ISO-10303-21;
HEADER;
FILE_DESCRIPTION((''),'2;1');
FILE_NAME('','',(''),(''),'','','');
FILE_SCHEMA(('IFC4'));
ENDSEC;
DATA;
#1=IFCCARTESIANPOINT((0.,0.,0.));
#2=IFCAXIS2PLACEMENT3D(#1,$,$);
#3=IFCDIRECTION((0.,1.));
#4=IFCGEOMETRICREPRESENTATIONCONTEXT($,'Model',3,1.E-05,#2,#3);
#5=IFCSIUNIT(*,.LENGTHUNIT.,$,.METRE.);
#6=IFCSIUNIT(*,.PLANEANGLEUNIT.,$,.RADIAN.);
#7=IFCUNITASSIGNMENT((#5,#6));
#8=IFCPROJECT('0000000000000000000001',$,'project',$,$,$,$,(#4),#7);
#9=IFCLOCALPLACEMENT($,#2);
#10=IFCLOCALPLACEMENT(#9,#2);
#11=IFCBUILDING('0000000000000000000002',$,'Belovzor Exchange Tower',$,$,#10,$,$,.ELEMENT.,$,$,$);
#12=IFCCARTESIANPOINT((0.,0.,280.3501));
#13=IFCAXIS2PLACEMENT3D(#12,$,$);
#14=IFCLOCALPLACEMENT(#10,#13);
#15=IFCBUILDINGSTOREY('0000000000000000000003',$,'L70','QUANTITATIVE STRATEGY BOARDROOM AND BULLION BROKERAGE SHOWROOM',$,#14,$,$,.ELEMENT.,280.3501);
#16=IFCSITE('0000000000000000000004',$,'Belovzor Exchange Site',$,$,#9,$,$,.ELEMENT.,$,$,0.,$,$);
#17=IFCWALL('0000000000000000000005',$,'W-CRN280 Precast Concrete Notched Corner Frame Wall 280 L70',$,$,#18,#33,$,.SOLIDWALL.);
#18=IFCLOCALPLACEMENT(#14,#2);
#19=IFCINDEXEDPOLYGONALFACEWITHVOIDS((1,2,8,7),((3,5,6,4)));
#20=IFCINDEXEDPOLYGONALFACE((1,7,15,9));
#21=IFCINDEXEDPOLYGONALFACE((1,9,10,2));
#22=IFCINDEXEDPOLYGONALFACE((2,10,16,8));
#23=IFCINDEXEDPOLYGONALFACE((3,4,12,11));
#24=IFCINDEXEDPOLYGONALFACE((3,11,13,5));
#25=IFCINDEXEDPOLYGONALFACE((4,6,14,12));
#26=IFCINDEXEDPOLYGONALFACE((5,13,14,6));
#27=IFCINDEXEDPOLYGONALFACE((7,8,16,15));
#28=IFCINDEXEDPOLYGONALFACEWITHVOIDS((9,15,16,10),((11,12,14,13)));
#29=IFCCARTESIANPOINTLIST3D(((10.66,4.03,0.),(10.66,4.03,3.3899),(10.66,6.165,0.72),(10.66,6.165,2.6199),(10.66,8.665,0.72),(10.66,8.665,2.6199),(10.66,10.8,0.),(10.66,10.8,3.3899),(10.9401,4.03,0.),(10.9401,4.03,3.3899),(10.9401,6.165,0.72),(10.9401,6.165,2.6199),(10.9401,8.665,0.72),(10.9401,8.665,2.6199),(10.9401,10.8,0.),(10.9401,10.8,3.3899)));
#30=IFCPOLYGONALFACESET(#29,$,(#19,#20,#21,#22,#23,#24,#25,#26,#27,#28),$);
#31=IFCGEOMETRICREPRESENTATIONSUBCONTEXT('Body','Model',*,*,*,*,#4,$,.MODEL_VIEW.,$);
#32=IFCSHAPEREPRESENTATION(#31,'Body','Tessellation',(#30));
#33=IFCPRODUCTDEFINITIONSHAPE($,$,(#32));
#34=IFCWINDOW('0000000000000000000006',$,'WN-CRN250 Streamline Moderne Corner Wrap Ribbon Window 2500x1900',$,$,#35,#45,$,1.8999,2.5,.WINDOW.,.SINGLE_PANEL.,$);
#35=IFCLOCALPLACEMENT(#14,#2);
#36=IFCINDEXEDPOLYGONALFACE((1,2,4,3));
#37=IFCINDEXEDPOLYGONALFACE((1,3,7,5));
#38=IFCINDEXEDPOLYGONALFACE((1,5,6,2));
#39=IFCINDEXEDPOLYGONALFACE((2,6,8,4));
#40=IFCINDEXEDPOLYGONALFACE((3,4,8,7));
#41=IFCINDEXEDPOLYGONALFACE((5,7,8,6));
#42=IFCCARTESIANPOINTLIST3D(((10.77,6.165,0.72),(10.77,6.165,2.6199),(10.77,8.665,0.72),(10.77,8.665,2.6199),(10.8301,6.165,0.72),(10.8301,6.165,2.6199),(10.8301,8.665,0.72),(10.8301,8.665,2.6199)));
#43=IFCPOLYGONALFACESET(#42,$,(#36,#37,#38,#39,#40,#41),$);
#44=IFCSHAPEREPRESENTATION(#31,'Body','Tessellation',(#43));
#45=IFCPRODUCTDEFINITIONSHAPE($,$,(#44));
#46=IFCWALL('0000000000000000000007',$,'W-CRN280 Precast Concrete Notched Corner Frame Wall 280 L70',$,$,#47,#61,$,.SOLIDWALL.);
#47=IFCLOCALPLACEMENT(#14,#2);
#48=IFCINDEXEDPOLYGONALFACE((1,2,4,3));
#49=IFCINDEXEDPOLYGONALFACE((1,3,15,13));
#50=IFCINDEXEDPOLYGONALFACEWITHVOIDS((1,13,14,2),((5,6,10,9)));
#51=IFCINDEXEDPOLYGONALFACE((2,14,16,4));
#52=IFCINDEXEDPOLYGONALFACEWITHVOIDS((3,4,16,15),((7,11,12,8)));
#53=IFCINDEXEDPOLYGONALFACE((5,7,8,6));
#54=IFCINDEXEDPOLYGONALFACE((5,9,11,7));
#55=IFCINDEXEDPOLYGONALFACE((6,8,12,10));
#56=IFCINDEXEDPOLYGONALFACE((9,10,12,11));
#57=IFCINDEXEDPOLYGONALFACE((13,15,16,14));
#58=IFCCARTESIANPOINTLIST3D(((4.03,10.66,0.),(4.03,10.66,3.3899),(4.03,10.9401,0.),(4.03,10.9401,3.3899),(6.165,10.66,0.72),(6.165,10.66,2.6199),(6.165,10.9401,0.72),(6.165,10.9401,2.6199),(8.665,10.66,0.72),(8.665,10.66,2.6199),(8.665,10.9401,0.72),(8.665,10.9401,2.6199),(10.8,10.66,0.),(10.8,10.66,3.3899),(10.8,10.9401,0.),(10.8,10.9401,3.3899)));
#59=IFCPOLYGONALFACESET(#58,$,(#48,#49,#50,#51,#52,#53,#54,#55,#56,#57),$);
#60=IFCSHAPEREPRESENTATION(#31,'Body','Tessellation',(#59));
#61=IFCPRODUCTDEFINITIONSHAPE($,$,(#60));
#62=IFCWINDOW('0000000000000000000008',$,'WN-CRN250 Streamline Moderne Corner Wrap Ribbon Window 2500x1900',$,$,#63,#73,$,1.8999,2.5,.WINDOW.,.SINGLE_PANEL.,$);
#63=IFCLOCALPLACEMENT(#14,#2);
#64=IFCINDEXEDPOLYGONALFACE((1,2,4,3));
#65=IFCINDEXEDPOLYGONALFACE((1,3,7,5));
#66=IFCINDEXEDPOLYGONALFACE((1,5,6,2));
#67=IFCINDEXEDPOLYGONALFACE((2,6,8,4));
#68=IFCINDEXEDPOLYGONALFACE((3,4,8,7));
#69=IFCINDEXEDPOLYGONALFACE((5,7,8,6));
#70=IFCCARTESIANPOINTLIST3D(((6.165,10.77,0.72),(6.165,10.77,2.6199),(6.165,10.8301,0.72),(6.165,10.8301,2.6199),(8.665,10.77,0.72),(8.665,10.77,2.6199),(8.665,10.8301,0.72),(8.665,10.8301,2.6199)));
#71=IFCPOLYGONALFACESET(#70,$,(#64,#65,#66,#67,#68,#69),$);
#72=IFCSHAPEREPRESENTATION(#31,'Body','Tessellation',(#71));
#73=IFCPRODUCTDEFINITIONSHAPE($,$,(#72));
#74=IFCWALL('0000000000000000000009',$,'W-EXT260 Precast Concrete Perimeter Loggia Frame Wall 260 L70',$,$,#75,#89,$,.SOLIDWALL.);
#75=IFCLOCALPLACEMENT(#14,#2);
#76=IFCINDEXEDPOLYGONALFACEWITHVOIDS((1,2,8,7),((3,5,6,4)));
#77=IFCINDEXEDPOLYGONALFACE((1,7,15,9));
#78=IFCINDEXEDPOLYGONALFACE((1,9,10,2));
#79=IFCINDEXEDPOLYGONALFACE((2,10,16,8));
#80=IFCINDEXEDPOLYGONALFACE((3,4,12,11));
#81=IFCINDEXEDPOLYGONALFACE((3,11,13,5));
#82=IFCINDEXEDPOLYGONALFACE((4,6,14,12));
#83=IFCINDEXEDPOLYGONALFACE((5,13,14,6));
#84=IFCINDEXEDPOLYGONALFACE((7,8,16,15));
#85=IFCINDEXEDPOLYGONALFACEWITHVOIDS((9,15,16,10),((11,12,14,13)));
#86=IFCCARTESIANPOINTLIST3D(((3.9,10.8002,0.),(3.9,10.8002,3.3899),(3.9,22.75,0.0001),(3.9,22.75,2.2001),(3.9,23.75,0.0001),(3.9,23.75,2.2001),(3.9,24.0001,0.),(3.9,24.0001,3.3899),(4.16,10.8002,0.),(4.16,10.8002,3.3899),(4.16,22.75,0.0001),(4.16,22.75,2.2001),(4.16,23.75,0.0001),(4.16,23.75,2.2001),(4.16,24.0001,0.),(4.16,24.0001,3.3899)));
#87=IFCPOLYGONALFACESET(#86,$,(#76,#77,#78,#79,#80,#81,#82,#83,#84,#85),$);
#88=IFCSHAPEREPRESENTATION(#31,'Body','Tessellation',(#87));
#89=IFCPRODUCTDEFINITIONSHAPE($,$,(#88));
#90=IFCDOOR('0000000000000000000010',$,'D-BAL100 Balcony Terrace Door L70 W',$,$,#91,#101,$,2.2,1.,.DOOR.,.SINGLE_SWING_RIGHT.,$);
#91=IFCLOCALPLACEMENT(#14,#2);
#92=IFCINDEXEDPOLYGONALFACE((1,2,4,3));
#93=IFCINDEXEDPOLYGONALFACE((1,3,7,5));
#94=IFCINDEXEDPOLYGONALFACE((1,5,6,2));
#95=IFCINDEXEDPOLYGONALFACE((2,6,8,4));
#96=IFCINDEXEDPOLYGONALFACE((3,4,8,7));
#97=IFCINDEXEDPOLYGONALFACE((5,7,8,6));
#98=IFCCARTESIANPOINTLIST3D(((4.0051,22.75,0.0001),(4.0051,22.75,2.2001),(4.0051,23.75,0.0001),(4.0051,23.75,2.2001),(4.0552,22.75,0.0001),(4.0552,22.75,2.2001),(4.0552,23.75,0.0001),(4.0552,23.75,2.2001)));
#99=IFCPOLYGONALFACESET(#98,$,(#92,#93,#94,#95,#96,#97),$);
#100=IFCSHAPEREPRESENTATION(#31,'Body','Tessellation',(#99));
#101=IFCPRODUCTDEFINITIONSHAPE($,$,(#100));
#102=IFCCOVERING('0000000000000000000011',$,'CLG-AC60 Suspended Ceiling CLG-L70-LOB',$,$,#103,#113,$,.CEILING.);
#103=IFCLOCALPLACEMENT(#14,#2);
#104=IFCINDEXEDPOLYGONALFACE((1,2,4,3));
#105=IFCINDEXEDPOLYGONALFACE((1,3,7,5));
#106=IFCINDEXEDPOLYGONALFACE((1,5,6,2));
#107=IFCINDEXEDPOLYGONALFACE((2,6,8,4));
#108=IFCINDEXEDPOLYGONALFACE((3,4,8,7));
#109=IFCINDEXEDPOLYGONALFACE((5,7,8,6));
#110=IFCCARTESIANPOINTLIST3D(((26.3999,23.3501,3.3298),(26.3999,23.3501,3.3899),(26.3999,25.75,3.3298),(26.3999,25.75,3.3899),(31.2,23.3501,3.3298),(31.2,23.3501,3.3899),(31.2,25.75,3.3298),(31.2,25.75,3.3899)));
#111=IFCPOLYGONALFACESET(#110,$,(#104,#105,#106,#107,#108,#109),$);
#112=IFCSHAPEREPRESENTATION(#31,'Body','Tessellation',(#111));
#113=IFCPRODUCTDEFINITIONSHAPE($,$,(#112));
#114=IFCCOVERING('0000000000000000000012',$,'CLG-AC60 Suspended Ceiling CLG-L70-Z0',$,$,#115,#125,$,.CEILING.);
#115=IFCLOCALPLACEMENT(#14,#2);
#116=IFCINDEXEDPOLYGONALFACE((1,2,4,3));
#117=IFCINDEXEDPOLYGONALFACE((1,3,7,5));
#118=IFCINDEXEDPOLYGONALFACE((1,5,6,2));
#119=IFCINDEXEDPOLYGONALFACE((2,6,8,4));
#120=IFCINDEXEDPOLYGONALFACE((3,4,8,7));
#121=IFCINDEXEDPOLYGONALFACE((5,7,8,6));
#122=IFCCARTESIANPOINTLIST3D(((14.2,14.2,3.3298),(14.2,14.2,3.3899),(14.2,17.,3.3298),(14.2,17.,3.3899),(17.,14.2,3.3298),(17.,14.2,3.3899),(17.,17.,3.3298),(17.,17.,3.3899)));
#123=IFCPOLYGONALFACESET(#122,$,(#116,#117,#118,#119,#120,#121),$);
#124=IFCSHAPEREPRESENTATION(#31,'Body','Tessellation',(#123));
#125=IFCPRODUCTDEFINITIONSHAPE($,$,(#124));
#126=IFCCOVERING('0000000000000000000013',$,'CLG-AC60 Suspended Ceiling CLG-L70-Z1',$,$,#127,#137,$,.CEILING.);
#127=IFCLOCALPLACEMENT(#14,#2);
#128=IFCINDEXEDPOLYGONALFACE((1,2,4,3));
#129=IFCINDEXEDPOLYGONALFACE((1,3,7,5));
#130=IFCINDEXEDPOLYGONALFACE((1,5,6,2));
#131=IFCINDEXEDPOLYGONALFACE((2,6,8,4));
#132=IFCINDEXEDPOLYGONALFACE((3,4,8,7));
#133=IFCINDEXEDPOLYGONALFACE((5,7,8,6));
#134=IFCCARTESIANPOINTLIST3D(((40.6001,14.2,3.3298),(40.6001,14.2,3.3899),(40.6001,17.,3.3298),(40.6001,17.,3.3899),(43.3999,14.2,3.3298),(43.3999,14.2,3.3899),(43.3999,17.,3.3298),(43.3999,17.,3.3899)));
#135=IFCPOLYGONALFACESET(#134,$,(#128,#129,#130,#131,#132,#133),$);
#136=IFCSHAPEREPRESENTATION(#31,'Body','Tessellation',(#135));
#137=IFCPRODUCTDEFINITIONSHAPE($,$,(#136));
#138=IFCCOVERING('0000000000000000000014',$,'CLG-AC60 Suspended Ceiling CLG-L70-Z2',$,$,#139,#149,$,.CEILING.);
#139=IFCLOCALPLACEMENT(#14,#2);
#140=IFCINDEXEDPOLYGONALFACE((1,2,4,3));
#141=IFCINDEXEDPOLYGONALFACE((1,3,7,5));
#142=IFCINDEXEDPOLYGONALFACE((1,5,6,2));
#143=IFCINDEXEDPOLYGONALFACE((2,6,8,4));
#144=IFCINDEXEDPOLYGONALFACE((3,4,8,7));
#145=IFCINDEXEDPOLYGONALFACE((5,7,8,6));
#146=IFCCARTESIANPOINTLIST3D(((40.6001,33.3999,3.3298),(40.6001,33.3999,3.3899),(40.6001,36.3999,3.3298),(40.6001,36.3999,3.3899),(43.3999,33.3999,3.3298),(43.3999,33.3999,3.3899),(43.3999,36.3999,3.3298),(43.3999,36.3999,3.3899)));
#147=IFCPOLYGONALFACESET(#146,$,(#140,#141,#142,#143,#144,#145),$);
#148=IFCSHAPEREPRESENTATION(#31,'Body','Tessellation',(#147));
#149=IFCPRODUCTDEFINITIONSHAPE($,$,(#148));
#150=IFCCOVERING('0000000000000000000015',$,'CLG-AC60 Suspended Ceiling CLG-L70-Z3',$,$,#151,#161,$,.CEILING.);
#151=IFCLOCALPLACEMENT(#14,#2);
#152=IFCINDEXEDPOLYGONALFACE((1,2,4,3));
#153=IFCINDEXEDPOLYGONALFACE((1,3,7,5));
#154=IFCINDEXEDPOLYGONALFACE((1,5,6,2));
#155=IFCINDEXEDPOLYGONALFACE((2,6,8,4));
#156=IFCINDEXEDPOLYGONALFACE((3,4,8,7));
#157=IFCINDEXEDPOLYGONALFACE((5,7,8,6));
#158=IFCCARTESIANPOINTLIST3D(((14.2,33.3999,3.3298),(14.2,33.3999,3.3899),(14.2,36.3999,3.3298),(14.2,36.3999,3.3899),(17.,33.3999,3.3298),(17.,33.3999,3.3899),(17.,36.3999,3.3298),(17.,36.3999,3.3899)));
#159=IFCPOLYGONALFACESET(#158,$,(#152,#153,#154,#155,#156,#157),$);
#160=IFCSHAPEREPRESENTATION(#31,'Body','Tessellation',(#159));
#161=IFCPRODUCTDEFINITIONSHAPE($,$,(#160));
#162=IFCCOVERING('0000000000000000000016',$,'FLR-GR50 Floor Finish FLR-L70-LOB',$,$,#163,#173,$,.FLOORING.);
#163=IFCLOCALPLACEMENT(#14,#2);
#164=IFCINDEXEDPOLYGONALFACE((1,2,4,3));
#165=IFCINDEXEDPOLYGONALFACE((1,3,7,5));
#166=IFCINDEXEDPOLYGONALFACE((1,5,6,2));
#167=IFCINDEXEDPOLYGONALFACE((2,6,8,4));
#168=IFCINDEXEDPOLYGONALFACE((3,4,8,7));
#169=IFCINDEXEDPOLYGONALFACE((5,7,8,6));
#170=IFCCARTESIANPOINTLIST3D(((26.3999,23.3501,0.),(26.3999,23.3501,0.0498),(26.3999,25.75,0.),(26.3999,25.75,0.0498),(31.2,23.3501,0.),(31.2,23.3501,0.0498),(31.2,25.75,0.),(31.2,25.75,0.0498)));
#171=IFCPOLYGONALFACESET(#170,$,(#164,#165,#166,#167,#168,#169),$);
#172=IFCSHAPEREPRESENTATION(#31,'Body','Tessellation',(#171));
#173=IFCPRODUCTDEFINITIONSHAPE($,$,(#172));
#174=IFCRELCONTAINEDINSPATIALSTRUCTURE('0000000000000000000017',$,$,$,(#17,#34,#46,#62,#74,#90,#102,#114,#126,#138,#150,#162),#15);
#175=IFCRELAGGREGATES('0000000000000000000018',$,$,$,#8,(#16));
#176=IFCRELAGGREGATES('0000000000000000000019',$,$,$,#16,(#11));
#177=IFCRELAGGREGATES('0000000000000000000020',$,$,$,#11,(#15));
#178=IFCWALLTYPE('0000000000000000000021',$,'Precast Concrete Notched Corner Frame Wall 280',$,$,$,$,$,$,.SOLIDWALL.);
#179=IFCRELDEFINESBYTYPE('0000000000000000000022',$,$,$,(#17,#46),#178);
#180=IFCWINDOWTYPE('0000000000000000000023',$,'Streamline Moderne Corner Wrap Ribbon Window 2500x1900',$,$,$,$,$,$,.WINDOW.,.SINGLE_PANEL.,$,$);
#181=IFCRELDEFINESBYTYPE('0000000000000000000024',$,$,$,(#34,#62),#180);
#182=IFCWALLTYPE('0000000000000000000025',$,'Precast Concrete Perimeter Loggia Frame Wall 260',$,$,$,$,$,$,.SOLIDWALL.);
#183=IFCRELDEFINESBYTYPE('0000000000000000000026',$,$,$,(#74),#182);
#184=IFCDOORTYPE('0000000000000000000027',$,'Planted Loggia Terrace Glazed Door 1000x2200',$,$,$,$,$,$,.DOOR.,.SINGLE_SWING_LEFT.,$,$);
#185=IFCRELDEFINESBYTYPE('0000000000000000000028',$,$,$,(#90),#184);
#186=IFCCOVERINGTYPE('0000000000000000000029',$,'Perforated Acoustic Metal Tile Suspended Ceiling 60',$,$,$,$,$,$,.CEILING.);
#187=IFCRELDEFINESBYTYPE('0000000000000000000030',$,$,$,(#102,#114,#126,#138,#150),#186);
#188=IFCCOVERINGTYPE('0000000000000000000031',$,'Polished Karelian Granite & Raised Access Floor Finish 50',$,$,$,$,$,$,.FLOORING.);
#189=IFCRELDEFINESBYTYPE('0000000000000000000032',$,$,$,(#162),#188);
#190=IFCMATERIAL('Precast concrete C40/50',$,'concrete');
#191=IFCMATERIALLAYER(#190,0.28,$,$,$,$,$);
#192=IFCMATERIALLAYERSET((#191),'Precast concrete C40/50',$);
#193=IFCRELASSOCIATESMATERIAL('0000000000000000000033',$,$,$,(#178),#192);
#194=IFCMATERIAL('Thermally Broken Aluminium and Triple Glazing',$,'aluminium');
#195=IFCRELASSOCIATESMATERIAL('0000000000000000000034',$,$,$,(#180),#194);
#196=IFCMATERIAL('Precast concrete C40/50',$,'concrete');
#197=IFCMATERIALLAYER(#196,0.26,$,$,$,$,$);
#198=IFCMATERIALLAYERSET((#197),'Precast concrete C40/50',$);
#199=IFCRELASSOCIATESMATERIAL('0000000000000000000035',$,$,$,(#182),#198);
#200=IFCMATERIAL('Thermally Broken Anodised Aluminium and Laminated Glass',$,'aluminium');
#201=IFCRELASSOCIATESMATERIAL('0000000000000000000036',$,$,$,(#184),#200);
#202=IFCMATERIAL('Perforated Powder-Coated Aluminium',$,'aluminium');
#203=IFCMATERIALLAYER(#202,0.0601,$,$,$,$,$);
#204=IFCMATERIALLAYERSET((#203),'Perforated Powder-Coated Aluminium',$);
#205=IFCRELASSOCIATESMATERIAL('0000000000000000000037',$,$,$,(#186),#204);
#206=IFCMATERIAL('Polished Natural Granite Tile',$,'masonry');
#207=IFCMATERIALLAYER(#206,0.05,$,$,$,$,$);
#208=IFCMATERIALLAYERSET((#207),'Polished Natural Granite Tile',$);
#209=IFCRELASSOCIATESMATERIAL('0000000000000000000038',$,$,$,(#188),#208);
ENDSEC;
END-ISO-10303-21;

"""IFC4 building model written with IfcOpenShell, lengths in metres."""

from ifc_helpers import new_model, si_unit, direction, frame, frame_2d, origin, place, context, subcontext, project, spatial, polyline, rectangle, outline, extrude, material, layer, layer_set, type_object, element, fill, save


model = new_model("IFC4")

# Units and contexts
model_context = context("Model", 3, precision=1e-05, world=origin(), true_north=direction((0.0, 1.0)))
body_context = subcontext(model_context, "Body", "Model", "MODEL_VIEW")
ifc_project = project(units=[si_unit("LENGTHUNIT", "METRE"), si_unit("PLANEANGLEUNIT", "RADIAN")], contexts=[model_context])

# Site, building, storey
site_placement = place(None, origin())
site = spatial("IfcSite", under=ifc_project, at=site_placement, Name="Belovzor Exchange Site", CompositionType="ELEMENT", RefElevation=0.0)
building_placement = place(site_placement, origin())
building = spatial("IfcBuilding", under=site, at=building_placement, Name="Belovzor Exchange Tower", CompositionType="ELEMENT")
storey_placement = place(building_placement, frame((0.0, 0.0, 280.3501)))
storey = spatial("IfcBuildingStorey", under=building, at=storey_placement, Name="L70", Description="QUANTITATIVE STRATEGY BOARDROOM AND BULLION BROKERAGE SHOWROOM", CompositionType="ELEMENT", Elevation=280.3501)

# Walls, openings, windows
ifc_material_1 = material(Name="Precast concrete C40/50", Category="concrete")
ifc_layer_1 = layer(ifc_material_1, 0.28)
ifc_layer_set_1 = layer_set([ifc_layer_1], Name="Precast concrete C40/50")
wall_type_1 = type_object("IfcWallType", Name="Precast Concrete Notched Corner Frame Wall 280", PredefinedType="SOLIDWALL", material=ifc_layer_set_1)
wall_1_placement = place(storey_placement, frame((10.8, 4.03, 0.0), z_axis=(0.0, 0.0, 1.0), x_axis=(0.0, 1.0, 0.0)))
wall_1 = element("IfcWall", 1, at=wall_1_placement, inside=storey, type_object=wall_type_1, Name="W-CRN280 Precast Concrete Notched Corner Frame Wall 280 L70", PredefinedType="SOLIDWALL", context=body_context, shape_type="SweptSolid", body=[
    extrude(rectangle(XDim=6.77, YDim=0.28, at=frame_2d((3.385, 0.0))), origin(), (0.0, 0.0, 1.0), 3.3899),
])
opening_1_placement = place(wall_1_placement, frame((2.135, 0.0, 0.72)))
opening_1 = element("IfcOpeningElement", 2, at=opening_1_placement, cuts=wall_1, PredefinedType="OPENING", context=body_context, shape_type="SweptSolid", body=[
    extrude(rectangle(XDim=2.5, YDim=1.8999, at=frame_2d((1.25, 0.95))), frame((0.0, 0.1499, 0.0), z_axis=(0.0, -1.0, 0.0), x_axis=(1.0, 0.0, 0.0)), (0.0, 0.0, 1.0), 0.3),
])
ifc_material_2 = material(Name="Thermally Broken Aluminium and Triple Glazing", Category="aluminium")
window_type = type_object("IfcWindowType", Name="Streamline Moderne Corner Wrap Ribbon Window 2500x1900", PartitioningType="SINGLE_PANEL", PredefinedType="WINDOW", material=ifc_material_2)
window_1_placement = place(opening_1_placement, origin())
window_1 = element("IfcWindow", 3, at=window_1_placement, inside=storey, type_object=window_type, Name="WN-CRN250 Streamline Moderne Corner Wrap Ribbon Window 2500x1900", OverallHeight=1.8999, OverallWidth=2.5, PartitioningType="SINGLE_PANEL", PredefinedType="WINDOW", context=body_context, shape_type="SweptSolid", body=[
    extrude(rectangle(XDim=2.5, YDim=1.8999, at=frame_2d((1.25, 0.95))), frame((0.0, 0.03, 0.0), z_axis=(0.0, -1.0, 0.0), x_axis=(1.0, 0.0, 0.0)), (0.0, 0.0, 1.0), 0.0601),
])
fill(opening_1, window_1)
wall_2_placement = place(storey_placement, frame((10.8, 10.8, 0.0), z_axis=(0.0, 0.0, 1.0), x_axis=(-1.0, 0.0, 0.0)))
wall_2 = element("IfcWall", 4, at=wall_2_placement, inside=storey, type_object=wall_type_1, Name="W-CRN280 Precast Concrete Notched Corner Frame Wall 280 L70", PredefinedType="SOLIDWALL", context=body_context, shape_type="SweptSolid", body=[
    extrude(rectangle(XDim=6.77, YDim=0.28, at=frame_2d((3.385, 0.0))), origin(), (0.0, 0.0, 1.0), 3.3899),
])
opening_2_placement = place(wall_2_placement, frame((2.135, 0.0, 0.72)))
opening_2 = element("IfcOpeningElement", 5, at=opening_2_placement, cuts=wall_2, PredefinedType="OPENING", context=body_context, shape_type="SweptSolid", body=[
    extrude(rectangle(XDim=2.5, YDim=1.8999, at=frame_2d((1.25, 0.95))), frame((0.0, 0.1499, 0.0), z_axis=(0.0, -1.0, 0.0), x_axis=(1.0, 0.0, 0.0)), (0.0, 0.0, 1.0), 0.3),
])
window_2_placement = place(opening_2_placement, origin())
window_2 = element("IfcWindow", 6, at=window_2_placement, inside=storey, type_object=window_type, Name="WN-CRN250 Streamline Moderne Corner Wrap Ribbon Window 2500x1900", OverallHeight=1.8999, OverallWidth=2.5, PartitioningType="SINGLE_PANEL", PredefinedType="WINDOW", context=body_context, shape_type="SweptSolid", body=[
    extrude(rectangle(XDim=2.5, YDim=1.8999, at=frame_2d((1.25, 0.95))), frame((0.0, 0.03, 0.0), z_axis=(0.0, -1.0, 0.0), x_axis=(1.0, 0.0, 0.0)), (0.0, 0.0, 1.0), 0.0601),
])
fill(opening_2, window_2)

# Wall, opening, door
ifc_material_3 = material(Name="Precast concrete C40/50", Category="concrete")
ifc_layer_2 = layer(ifc_material_3, 0.26)
ifc_layer_set_2 = layer_set([ifc_layer_2], Name="Precast concrete C40/50")
wall_type_2 = type_object("IfcWallType", Name="Precast Concrete Perimeter Loggia Frame Wall 260", PredefinedType="SOLIDWALL", material=ifc_layer_set_2)
wall_3_placement = place(storey_placement, frame((4.03, 10.8, 0.0), z_axis=(0.0, 0.0, 1.0), x_axis=(0.0, 1.0, 0.0)))
wall_3 = element("IfcWall", 7, at=wall_3_placement, inside=storey, type_object=wall_type_2, Name="W-EXT260 Precast Concrete Perimeter Loggia Frame Wall 260 L70", PredefinedType="SOLIDWALL", context=body_context, shape_type="SweptSolid", body=[
    extrude(rectangle(XDim=13.2, YDim=0.26, at=frame_2d((6.6001, 0.0))), origin(), (0.0, 0.0, 1.0), 3.3899),
])
opening_3_placement = place(wall_3_placement, frame((11.95, 0.0, 0.0)))
opening_3 = element("IfcOpeningElement", 8, at=opening_3_placement, cuts=wall_3, PredefinedType="OPENING", context=body_context, shape_type="SweptSolid", body=[
    extrude(rectangle(XDim=1.0, YDim=2.2, at=frame_2d((0.5, 1.1001))), frame((0.0, 0.1399, 0.0), z_axis=(0.0, -1.0, 0.0), x_axis=(1.0, 0.0, 0.0)), (0.0, 0.0, 1.0), 0.28),
])
ifc_material_4 = material(Name="Thermally Broken Anodised Aluminium and Laminated Glass", Category="aluminium")
door_type = type_object("IfcDoorType", Name="Planted Loggia Terrace Glazed Door 1000x2200", OperationType="SINGLE_SWING_LEFT", PredefinedType="DOOR", material=ifc_material_4)
door_placement = place(opening_3_placement, origin())
door = element("IfcDoor", 9, at=door_placement, inside=storey, type_object=door_type, Name="D-BAL100 Balcony Terrace Door L70 W", OperationType="SINGLE_SWING_RIGHT", OverallHeight=2.2, OverallWidth=1.0, PredefinedType="DOOR", context=body_context, shape_type="SweptSolid", body=[
    extrude(rectangle(XDim=1.0, YDim=2.2, at=frame_2d((0.5, 1.1001))), frame((0.0, 0.0249, 0.0), z_axis=(0.0, -1.0, 0.0), x_axis=(1.0, 0.0, 0.0)), (0.0, 0.0, 1.0), 0.05),
])
fill(opening_3, door)

# Coverings
ifc_material_5 = material(Name="Perforated Powder-Coated Aluminium", Category="aluminium")
ifc_layer_3 = layer(ifc_material_5, 0.0601)
ifc_layer_set_3 = layer_set([ifc_layer_3], Name="Perforated Powder-Coated Aluminium")
covering_type_1 = type_object("IfcCoveringType", Name="Perforated Acoustic Metal Tile Suspended Ceiling 60", PredefinedType="CEILING", material=ifc_layer_set_3)
covering_1_placement = place(storey_placement, frame((0.0, 0.0, 3.3298)))
element("IfcCovering", 10, at=covering_1_placement, inside=storey, type_object=covering_type_1, Name="CLG-AC60 Suspended Ceiling CLG-L70-LOB", PredefinedType="CEILING", context=body_context, shape_type="SweptSolid", body=[
    extrude(outline(polyline([(26.3999, 23.3501), (31.2, 23.3501), (31.2, 25.75), (26.3999, 25.75), (26.3999, 23.3501)])), origin(), (0.0, 0.0, 1.0), 0.0601),
])
covering_2_placement = place(storey_placement, frame((0.0, 0.0, 3.3298)))
element("IfcCovering", 11, at=covering_2_placement, inside=storey, type_object=covering_type_1, Name="CLG-AC60 Suspended Ceiling CLG-L70-Z0", PredefinedType="CEILING", context=body_context, shape_type="SweptSolid", body=[
    extrude(outline(polyline([(14.2, 14.2), (17.0, 14.2), (17.0, 17.0), (14.2, 17.0), (14.2, 14.2)])), origin(), (0.0, 0.0, 1.0), 0.0601),
])
covering_3_placement = place(storey_placement, frame((0.0, 0.0, 3.3298)))
element("IfcCovering", 12, at=covering_3_placement, inside=storey, type_object=covering_type_1, Name="CLG-AC60 Suspended Ceiling CLG-L70-Z1", PredefinedType="CEILING", context=body_context, shape_type="SweptSolid", body=[
    extrude(outline(polyline([(40.6001, 14.2), (43.3999, 14.2), (43.3999, 17.0), (40.6001, 17.0), (40.6001, 14.2)])), origin(), (0.0, 0.0, 1.0), 0.0601),
])
covering_4_placement = place(storey_placement, frame((0.0, 0.0, 3.3298)))
element("IfcCovering", 13, at=covering_4_placement, inside=storey, type_object=covering_type_1, Name="CLG-AC60 Suspended Ceiling CLG-L70-Z2", PredefinedType="CEILING", context=body_context, shape_type="SweptSolid", body=[
    extrude(outline(polyline([(40.6001, 33.3999), (43.3999, 33.3999), (43.3999, 36.3999), (40.6001, 36.3999), (40.6001, 33.3999)])), origin(), (0.0, 0.0, 1.0), 0.0601),
])
covering_5_placement = place(storey_placement, frame((0.0, 0.0, 3.3298)))
element("IfcCovering", 14, at=covering_5_placement, inside=storey, type_object=covering_type_1, Name="CLG-AC60 Suspended Ceiling CLG-L70-Z3", PredefinedType="CEILING", context=body_context, shape_type="SweptSolid", body=[
    extrude(outline(polyline([(14.2, 33.3999), (17.0, 33.3999), (17.0, 36.3999), (14.2, 36.3999), (14.2, 33.3999)])), origin(), (0.0, 0.0, 1.0), 0.0601),
])
ifc_material_6 = material(Name="Polished Natural Granite Tile", Category="masonry")
ifc_layer_4 = layer(ifc_material_6, 0.05)
ifc_layer_set_4 = layer_set([ifc_layer_4], Name="Polished Natural Granite Tile")
covering_type_2 = type_object("IfcCoveringType", Name="Polished Karelian Granite & Raised Access Floor Finish 50", PredefinedType="FLOORING", material=ifc_layer_set_4)
covering_6_placement = place(storey_placement, origin())
element("IfcCovering", 15, at=covering_6_placement, inside=storey, type_object=covering_type_2, Name="FLR-GR50 Floor Finish FLR-L70-LOB", PredefinedType="FLOORING", context=body_context, shape_type="SweptSolid", body=[
    extrude(outline(polyline([(26.3999, 23.3501), (31.2, 23.3501), (31.2, 25.75), (26.3999, 25.75), (26.3999, 23.3501)])), origin(), (0.0, 0.0, 1.0), 0.0498),
])

save(model, "model.ifc")
